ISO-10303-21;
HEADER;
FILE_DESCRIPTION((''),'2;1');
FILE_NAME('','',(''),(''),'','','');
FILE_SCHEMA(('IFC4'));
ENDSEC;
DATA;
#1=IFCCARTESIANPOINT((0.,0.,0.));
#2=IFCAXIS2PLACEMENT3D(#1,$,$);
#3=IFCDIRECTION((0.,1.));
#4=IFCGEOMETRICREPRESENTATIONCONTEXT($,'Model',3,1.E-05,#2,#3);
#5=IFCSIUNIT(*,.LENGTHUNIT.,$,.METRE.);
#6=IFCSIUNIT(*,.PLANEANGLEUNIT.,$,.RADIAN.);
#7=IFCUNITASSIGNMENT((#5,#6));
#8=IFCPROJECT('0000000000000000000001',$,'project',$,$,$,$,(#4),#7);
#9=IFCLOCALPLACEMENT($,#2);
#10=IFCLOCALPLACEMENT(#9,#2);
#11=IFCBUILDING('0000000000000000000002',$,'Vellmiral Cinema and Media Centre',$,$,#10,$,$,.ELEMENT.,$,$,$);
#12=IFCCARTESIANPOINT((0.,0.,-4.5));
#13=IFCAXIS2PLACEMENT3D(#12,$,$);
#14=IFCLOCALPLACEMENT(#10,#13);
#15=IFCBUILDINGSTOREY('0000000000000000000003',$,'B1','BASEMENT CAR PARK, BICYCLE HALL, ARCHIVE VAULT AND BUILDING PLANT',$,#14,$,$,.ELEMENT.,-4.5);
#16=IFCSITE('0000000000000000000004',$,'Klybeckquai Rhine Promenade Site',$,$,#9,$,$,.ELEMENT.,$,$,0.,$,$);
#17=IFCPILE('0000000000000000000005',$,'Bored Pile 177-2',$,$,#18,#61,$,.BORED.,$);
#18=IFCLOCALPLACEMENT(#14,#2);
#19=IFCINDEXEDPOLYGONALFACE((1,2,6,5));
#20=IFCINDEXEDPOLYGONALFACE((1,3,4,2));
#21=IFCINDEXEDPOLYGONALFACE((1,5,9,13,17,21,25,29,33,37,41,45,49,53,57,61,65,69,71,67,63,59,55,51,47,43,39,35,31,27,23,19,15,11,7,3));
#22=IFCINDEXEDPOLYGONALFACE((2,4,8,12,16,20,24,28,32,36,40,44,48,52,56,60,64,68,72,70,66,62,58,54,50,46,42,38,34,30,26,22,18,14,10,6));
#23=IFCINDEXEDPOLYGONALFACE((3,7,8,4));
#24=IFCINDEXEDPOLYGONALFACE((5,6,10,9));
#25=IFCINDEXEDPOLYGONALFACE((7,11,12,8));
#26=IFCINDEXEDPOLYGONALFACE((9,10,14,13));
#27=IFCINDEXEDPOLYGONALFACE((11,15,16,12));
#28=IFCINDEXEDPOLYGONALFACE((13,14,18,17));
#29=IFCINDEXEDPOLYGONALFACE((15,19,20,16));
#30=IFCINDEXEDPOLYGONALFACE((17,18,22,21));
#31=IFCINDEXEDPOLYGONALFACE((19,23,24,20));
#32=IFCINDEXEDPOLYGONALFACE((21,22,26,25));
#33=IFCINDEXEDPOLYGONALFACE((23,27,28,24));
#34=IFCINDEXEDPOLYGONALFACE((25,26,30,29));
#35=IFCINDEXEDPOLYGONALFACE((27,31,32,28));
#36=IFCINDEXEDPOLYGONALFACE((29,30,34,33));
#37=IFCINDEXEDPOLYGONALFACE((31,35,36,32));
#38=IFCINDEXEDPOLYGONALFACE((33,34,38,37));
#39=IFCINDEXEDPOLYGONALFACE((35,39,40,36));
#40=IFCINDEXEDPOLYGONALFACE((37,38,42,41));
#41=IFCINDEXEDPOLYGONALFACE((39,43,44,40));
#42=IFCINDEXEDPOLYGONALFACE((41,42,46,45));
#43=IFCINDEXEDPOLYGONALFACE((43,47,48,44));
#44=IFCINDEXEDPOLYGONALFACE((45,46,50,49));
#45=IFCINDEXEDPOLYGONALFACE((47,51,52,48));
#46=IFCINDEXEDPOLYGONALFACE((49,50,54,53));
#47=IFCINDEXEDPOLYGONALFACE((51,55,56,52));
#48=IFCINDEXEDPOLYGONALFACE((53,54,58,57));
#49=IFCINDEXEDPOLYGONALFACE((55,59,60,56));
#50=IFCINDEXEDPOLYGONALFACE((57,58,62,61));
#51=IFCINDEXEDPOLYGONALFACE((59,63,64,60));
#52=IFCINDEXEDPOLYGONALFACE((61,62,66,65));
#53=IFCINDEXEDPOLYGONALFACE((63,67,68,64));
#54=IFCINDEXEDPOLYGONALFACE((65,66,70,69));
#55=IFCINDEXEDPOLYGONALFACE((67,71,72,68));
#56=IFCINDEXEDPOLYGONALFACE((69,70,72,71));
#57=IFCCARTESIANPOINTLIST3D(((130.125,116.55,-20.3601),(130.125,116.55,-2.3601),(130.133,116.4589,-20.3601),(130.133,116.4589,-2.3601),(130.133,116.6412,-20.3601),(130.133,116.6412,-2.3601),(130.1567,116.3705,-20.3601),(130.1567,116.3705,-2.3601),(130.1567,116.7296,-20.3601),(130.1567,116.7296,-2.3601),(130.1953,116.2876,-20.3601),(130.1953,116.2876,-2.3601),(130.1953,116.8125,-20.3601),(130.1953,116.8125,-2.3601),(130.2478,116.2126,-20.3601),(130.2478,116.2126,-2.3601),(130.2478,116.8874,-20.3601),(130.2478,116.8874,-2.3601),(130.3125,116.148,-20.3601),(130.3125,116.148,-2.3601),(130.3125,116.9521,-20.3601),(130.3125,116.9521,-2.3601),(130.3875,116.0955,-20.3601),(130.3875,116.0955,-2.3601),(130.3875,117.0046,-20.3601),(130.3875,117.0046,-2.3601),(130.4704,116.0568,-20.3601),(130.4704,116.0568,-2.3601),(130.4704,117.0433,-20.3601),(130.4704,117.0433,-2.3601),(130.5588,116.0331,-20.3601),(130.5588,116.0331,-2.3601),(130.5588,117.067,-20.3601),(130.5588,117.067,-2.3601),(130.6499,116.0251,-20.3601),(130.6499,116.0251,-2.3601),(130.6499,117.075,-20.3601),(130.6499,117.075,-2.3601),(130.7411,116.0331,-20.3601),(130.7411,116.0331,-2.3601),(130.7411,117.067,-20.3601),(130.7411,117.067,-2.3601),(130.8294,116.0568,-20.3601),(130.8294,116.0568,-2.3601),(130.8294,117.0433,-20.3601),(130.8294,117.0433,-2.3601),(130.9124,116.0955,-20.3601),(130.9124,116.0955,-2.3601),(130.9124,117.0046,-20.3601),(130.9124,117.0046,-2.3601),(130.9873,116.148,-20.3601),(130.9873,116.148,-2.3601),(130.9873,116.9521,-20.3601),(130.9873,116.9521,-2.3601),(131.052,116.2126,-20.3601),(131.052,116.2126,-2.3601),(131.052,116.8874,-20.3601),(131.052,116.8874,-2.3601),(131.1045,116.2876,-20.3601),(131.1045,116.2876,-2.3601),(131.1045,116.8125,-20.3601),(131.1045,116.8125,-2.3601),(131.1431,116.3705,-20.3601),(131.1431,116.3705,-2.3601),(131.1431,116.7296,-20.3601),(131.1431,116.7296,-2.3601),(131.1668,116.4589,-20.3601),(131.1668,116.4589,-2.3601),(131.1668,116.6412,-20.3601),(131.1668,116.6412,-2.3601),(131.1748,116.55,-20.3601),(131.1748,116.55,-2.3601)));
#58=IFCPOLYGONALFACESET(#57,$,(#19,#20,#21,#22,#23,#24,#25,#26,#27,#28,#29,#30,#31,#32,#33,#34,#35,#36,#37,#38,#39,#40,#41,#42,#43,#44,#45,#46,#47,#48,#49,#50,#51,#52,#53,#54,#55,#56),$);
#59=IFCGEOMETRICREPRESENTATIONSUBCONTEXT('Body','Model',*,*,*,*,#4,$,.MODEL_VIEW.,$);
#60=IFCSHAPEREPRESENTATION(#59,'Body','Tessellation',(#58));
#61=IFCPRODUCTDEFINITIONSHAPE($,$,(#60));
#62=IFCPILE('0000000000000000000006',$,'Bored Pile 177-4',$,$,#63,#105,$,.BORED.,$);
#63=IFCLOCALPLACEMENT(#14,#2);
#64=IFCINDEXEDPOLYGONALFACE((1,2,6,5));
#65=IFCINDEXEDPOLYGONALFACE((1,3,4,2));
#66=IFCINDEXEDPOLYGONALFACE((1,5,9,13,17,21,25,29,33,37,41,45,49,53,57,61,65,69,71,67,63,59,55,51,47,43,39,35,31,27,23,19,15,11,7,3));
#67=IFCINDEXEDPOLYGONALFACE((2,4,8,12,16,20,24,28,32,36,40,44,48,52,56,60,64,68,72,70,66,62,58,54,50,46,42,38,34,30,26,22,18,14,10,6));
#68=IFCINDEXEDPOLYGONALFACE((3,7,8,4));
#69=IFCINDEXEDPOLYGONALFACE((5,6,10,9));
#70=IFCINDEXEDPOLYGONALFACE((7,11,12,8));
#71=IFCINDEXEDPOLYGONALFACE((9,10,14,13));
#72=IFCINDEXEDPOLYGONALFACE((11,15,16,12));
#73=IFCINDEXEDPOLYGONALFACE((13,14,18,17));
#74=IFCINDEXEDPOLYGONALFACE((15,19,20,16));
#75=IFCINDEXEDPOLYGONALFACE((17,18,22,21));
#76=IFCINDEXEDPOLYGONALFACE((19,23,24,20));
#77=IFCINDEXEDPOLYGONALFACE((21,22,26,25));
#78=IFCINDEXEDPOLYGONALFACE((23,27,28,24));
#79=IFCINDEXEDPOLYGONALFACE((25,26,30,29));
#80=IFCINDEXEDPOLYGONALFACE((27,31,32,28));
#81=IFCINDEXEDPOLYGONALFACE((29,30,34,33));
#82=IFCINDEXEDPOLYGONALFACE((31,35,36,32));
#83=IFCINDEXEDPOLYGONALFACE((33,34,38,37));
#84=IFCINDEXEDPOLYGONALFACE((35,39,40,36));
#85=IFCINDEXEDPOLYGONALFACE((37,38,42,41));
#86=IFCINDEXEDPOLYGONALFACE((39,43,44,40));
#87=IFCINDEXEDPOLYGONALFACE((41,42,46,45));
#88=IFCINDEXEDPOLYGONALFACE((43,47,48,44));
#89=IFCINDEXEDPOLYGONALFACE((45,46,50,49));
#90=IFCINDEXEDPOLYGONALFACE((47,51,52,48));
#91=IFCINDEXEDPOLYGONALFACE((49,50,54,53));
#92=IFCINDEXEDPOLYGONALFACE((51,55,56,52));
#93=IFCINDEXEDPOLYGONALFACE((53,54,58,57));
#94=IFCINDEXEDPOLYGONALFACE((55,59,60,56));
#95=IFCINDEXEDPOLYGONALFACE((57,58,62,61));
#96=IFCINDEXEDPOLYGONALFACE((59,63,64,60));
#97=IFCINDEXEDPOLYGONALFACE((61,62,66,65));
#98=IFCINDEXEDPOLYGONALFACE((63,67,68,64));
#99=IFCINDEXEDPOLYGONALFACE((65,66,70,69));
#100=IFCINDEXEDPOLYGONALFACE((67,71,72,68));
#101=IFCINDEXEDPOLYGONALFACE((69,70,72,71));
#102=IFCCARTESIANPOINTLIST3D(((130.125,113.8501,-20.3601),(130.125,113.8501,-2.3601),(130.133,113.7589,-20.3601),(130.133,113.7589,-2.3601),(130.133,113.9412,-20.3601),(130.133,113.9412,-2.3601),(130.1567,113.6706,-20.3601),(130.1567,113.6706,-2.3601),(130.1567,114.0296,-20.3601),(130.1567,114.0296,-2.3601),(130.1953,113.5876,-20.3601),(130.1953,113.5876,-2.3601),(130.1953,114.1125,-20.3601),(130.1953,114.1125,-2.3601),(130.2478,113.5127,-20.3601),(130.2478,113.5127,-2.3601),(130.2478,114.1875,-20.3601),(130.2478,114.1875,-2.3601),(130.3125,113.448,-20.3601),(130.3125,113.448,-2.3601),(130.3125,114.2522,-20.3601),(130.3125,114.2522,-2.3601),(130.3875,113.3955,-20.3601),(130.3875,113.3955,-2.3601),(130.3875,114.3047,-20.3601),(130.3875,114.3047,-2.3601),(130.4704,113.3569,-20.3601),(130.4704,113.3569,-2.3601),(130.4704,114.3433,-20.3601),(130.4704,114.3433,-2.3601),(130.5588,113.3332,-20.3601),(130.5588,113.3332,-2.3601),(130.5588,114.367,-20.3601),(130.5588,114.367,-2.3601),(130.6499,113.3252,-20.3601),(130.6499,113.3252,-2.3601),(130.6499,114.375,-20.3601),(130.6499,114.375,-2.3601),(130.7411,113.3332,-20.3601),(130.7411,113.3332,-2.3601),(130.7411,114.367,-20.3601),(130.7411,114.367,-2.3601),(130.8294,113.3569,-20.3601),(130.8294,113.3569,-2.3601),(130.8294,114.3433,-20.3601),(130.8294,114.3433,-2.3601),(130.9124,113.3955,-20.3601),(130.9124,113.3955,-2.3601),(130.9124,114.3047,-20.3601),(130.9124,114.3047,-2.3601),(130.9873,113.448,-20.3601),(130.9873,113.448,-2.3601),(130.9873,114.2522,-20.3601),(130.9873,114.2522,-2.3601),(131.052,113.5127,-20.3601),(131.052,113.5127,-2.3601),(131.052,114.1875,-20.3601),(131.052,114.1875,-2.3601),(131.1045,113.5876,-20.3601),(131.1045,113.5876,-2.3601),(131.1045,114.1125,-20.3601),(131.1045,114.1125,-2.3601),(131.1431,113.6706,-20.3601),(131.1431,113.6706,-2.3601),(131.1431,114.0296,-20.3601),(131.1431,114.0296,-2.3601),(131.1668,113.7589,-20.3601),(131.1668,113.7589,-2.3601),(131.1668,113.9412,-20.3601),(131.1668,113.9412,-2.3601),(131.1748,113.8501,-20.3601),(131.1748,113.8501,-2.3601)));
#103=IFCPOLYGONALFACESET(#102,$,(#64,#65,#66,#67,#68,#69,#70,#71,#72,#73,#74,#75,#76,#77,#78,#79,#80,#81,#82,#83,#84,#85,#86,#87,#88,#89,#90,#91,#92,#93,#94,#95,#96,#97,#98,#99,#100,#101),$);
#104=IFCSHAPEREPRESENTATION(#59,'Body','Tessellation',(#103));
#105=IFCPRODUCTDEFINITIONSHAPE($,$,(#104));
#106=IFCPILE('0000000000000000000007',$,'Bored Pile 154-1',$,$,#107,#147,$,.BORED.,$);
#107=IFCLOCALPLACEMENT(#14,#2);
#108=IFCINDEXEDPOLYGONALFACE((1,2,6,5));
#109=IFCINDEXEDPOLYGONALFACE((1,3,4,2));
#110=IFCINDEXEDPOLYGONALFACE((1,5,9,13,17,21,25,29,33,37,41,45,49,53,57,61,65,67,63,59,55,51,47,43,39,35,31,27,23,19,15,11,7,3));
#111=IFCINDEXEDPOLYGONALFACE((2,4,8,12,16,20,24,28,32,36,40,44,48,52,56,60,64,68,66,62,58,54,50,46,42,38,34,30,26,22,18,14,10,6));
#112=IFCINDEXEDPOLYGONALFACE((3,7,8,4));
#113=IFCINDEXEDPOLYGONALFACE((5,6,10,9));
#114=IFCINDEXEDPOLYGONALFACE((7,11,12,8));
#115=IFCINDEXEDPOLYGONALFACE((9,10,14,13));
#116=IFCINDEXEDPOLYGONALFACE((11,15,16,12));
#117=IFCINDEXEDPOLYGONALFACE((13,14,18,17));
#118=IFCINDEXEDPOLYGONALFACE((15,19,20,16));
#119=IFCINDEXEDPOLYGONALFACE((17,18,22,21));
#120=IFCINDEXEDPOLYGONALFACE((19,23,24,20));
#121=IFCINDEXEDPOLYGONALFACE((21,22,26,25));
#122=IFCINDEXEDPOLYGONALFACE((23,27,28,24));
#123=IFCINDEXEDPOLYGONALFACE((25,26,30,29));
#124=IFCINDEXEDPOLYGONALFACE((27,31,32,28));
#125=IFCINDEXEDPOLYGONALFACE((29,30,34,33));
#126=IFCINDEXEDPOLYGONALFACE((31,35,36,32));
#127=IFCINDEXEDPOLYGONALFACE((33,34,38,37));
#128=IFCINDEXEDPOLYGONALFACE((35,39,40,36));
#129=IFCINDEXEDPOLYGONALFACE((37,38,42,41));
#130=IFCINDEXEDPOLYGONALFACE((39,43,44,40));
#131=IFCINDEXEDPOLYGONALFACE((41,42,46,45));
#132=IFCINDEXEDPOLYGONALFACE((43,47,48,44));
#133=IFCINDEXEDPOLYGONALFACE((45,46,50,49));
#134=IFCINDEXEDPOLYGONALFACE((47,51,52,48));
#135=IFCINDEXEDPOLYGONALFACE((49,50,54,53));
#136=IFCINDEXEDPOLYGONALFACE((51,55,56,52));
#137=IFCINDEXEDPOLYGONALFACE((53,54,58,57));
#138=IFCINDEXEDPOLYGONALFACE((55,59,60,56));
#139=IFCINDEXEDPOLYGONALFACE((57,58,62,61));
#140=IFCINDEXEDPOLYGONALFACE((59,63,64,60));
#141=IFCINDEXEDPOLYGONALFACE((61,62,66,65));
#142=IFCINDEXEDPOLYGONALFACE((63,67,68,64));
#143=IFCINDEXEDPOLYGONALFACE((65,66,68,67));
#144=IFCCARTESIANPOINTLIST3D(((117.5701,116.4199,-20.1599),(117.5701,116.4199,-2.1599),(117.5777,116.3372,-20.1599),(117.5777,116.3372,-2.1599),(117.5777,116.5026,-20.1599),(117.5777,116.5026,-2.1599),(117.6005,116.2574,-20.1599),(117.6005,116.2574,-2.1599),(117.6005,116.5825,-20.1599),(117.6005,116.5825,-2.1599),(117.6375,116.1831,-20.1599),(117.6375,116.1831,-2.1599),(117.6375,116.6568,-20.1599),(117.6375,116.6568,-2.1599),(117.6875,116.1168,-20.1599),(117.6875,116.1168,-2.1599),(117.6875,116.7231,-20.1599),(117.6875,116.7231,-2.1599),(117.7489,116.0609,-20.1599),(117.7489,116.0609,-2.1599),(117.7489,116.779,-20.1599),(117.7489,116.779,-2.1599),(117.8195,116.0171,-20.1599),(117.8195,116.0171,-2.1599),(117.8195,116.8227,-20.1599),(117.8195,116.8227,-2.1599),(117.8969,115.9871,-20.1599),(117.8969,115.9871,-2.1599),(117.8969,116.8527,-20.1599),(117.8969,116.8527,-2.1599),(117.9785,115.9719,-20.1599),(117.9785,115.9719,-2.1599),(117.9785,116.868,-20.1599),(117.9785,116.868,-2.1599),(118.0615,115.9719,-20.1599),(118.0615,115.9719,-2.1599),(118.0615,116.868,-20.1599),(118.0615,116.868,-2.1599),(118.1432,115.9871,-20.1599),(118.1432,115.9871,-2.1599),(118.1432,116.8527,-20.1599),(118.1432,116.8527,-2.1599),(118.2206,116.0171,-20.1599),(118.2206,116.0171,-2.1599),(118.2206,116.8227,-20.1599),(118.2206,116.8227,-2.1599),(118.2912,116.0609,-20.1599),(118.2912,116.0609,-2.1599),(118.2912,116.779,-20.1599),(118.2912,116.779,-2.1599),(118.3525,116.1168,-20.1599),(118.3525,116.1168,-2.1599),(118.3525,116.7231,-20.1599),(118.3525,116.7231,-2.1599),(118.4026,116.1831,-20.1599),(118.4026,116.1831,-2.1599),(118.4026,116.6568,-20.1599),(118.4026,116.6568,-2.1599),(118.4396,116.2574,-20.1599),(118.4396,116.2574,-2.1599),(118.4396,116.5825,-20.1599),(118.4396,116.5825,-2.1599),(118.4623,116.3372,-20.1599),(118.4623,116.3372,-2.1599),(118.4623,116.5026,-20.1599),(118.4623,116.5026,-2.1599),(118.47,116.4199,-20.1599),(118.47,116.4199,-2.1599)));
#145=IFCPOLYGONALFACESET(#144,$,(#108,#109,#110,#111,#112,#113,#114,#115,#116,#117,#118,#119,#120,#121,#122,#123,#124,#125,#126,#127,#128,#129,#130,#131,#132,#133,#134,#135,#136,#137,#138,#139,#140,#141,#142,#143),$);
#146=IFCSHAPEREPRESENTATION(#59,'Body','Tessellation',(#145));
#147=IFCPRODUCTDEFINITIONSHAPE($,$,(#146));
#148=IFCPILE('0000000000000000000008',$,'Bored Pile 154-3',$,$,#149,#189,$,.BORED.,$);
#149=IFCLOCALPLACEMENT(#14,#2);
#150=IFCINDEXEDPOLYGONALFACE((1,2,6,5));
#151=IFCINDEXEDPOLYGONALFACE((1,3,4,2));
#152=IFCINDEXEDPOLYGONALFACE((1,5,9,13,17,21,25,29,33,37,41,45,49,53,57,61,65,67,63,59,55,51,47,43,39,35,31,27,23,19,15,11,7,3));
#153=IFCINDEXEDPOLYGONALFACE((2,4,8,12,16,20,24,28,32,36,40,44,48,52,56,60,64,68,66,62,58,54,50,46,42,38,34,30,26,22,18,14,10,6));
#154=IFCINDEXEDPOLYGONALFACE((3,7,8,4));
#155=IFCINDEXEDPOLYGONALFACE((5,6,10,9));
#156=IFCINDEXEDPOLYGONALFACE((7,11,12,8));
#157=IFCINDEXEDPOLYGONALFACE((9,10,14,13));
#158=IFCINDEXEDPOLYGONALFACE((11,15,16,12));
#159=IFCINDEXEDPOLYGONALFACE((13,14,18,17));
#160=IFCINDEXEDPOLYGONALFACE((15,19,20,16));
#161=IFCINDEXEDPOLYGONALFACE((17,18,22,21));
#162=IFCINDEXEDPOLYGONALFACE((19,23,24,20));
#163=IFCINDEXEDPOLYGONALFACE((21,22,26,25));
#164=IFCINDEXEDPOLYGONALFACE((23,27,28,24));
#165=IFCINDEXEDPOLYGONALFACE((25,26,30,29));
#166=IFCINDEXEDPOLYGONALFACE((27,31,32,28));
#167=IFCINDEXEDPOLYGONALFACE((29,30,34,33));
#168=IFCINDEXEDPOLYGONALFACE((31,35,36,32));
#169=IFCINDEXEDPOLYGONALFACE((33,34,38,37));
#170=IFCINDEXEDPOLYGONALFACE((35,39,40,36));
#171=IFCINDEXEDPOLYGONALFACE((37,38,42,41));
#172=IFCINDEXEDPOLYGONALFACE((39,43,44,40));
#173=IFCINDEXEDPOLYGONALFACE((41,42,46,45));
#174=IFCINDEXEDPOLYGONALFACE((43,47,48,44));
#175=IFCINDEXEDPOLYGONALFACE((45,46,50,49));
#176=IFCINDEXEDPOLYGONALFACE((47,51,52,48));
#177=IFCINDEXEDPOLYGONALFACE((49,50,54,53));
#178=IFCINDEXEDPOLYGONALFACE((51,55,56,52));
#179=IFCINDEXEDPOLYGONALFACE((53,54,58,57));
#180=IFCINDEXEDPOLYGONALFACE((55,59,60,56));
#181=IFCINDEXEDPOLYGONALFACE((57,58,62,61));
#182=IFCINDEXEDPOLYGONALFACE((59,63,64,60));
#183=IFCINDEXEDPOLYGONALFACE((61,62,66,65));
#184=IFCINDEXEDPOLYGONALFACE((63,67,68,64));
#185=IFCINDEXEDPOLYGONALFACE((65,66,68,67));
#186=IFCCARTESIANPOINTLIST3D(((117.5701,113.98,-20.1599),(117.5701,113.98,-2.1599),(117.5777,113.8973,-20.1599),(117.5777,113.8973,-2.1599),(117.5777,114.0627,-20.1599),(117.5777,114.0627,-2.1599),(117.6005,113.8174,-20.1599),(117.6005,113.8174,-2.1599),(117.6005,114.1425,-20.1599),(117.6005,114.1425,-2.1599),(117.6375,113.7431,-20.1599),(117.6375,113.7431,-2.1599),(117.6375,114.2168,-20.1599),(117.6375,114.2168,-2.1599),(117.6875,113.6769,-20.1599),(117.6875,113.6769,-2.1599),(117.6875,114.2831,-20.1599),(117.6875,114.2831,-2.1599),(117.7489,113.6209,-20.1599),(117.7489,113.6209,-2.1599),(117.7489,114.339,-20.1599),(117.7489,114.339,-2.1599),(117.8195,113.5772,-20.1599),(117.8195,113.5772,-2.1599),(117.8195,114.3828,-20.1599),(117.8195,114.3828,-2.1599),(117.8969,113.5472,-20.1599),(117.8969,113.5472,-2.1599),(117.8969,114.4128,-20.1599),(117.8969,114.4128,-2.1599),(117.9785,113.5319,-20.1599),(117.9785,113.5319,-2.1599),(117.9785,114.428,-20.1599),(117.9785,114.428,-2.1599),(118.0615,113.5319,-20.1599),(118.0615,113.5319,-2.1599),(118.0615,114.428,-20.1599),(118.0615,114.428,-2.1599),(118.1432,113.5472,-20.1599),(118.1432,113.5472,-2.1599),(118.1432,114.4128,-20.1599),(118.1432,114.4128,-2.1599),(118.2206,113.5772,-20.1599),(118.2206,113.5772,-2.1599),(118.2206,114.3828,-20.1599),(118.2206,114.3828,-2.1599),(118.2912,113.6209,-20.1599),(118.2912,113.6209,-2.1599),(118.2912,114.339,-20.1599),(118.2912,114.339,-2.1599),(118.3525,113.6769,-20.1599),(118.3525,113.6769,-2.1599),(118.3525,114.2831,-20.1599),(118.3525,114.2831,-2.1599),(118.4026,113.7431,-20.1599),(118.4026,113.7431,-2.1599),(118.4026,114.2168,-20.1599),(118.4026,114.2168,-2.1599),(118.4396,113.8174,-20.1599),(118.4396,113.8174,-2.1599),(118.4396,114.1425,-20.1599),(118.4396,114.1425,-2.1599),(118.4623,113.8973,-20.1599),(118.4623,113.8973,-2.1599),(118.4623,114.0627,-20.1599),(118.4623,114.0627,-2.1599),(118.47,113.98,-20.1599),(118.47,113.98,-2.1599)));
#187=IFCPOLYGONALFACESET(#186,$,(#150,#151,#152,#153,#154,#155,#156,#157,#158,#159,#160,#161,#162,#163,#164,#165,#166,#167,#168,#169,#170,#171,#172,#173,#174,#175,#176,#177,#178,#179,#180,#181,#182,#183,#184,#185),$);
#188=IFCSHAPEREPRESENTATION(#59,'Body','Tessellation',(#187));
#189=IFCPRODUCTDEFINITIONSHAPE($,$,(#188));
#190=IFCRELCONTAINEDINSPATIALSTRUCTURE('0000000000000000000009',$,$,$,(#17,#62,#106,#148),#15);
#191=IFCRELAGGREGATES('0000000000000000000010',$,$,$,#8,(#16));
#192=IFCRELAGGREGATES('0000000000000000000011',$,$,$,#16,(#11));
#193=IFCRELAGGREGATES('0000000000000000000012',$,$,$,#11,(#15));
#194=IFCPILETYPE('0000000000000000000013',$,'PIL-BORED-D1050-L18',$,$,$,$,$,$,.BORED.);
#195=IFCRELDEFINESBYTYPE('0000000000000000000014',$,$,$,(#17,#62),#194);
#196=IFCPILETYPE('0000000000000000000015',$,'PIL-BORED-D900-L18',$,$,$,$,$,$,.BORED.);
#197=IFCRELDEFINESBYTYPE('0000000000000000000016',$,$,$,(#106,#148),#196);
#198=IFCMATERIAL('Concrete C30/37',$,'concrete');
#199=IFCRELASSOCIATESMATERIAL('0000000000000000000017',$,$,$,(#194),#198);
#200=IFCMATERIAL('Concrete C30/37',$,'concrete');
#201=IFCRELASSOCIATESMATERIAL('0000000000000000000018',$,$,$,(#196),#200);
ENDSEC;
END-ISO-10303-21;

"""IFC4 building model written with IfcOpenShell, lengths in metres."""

from ifc_helpers import new_model, si_unit, direction, frame, origin, origin_2d, place, context, subcontext, project, spatial, circle, extrude, material, material_profile, profile_set, type_object, element, save


model = new_model("IFC4")

# Units and contexts
model_context = context("Model", 3, precision=1e-05, world=origin(), true_north=direction((0.0, 1.0)))
body_context = subcontext(model_context, "Body", "Model", "MODEL_VIEW")
ifc_project = project(units=[si_unit("LENGTHUNIT", "METRE"), si_unit("PLANEANGLEUNIT", "RADIAN")], contexts=[model_context])

# Site, building, storey
site_placement = place(None, origin())
site = spatial("IfcSite", under=ifc_project, at=site_placement, Name="Klybeckquai Rhine Promenade Site", CompositionType="ELEMENT", RefElevation=0.0)
building_placement = place(site_placement, origin())
building = spatial("IfcBuilding", under=site, at=building_placement, Name="Vellmiral Cinema and Media Centre", CompositionType="ELEMENT")
storey_placement = place(building_placement, frame((0.0, 0.0, -4.5)))
storey = spatial("IfcBuildingStorey", under=building, at=storey_placement, Name="B1", Description="BASEMENT CAR PARK, BICYCLE HALL, ARCHIVE VAULT AND BUILDING PLANT", CompositionType="ELEMENT", Elevation=-4.5)

# Piles
ifc_material_1 = material(Name="Concrete C30/37", Category="concrete")
ifc_material_profile_1 = material_profile(ifc_material_1, circle(Radius=0.5249, at=origin_2d()), Name="PILE D1050")
ifc_profile_set_1 = profile_set([ifc_material_profile_1], Name="Concrete C30/37")
pile_type_1 = type_object("IfcPileType", Name="PIL-BORED-D1050-L18", PredefinedType="BORED", material=ifc_profile_set_1)
for number, where, z_axis, x_axis, name in (
    (1, (130.6499, 116.55, -2.3601), (0.0, 0.0, -1.0), (1.0, 0.0, 0.0), "Bored Pile 177-2"),
    (2, (130.6499, 113.8501, -2.3601), (0.0, 0.0, -1.0), (1.0, 0.0, 0.0), "Bored Pile 177-4"),
):
    element("IfcPile", number, at=place(storey_placement, frame(where, z_axis=z_axis, x_axis=x_axis)), inside=storey, type_object=pile_type_1, Name=name, PredefinedType="BORED", context=body_context, shape_type="SweptSolid", body=[
        extrude(circle(Radius=0.5249, at=origin_2d()), origin(), (0.0, 0.0, 1.0), 18.0),
    ])
ifc_material_2 = material(Name="Concrete C30/37", Category="concrete")
ifc_material_profile_2 = material_profile(ifc_material_2, circle(Radius=0.45, at=origin_2d()), Name="PILE D900")
ifc_profile_set_2 = profile_set([ifc_material_profile_2], Name="Concrete C30/37")
pile_type_2 = type_object("IfcPileType", Name="PIL-BORED-D900-L18", PredefinedType="BORED", material=ifc_profile_set_2)
for number, where, z_axis, x_axis, name in (
    (3, (118.02, 116.4199, -2.1599), (0.0, 0.0, -1.0), (1.0, 0.0, 0.0), "Bored Pile 154-1"),
    (4, (118.02, 113.98, -2.1599), (0.0, 0.0, -1.0), (1.0, 0.0, 0.0), "Bored Pile 154-3"),
):
    element("IfcPile", number, at=place(storey_placement, frame(where, z_axis=z_axis, x_axis=x_axis)), inside=storey, type_object=pile_type_2, Name=name, PredefinedType="BORED", context=body_context, shape_type="SweptSolid", body=[
        extrude(circle(Radius=0.45, at=origin_2d()), origin(), (0.0, 0.0, 1.0), 18.0),
    ])

save(model, "model.ifc")
